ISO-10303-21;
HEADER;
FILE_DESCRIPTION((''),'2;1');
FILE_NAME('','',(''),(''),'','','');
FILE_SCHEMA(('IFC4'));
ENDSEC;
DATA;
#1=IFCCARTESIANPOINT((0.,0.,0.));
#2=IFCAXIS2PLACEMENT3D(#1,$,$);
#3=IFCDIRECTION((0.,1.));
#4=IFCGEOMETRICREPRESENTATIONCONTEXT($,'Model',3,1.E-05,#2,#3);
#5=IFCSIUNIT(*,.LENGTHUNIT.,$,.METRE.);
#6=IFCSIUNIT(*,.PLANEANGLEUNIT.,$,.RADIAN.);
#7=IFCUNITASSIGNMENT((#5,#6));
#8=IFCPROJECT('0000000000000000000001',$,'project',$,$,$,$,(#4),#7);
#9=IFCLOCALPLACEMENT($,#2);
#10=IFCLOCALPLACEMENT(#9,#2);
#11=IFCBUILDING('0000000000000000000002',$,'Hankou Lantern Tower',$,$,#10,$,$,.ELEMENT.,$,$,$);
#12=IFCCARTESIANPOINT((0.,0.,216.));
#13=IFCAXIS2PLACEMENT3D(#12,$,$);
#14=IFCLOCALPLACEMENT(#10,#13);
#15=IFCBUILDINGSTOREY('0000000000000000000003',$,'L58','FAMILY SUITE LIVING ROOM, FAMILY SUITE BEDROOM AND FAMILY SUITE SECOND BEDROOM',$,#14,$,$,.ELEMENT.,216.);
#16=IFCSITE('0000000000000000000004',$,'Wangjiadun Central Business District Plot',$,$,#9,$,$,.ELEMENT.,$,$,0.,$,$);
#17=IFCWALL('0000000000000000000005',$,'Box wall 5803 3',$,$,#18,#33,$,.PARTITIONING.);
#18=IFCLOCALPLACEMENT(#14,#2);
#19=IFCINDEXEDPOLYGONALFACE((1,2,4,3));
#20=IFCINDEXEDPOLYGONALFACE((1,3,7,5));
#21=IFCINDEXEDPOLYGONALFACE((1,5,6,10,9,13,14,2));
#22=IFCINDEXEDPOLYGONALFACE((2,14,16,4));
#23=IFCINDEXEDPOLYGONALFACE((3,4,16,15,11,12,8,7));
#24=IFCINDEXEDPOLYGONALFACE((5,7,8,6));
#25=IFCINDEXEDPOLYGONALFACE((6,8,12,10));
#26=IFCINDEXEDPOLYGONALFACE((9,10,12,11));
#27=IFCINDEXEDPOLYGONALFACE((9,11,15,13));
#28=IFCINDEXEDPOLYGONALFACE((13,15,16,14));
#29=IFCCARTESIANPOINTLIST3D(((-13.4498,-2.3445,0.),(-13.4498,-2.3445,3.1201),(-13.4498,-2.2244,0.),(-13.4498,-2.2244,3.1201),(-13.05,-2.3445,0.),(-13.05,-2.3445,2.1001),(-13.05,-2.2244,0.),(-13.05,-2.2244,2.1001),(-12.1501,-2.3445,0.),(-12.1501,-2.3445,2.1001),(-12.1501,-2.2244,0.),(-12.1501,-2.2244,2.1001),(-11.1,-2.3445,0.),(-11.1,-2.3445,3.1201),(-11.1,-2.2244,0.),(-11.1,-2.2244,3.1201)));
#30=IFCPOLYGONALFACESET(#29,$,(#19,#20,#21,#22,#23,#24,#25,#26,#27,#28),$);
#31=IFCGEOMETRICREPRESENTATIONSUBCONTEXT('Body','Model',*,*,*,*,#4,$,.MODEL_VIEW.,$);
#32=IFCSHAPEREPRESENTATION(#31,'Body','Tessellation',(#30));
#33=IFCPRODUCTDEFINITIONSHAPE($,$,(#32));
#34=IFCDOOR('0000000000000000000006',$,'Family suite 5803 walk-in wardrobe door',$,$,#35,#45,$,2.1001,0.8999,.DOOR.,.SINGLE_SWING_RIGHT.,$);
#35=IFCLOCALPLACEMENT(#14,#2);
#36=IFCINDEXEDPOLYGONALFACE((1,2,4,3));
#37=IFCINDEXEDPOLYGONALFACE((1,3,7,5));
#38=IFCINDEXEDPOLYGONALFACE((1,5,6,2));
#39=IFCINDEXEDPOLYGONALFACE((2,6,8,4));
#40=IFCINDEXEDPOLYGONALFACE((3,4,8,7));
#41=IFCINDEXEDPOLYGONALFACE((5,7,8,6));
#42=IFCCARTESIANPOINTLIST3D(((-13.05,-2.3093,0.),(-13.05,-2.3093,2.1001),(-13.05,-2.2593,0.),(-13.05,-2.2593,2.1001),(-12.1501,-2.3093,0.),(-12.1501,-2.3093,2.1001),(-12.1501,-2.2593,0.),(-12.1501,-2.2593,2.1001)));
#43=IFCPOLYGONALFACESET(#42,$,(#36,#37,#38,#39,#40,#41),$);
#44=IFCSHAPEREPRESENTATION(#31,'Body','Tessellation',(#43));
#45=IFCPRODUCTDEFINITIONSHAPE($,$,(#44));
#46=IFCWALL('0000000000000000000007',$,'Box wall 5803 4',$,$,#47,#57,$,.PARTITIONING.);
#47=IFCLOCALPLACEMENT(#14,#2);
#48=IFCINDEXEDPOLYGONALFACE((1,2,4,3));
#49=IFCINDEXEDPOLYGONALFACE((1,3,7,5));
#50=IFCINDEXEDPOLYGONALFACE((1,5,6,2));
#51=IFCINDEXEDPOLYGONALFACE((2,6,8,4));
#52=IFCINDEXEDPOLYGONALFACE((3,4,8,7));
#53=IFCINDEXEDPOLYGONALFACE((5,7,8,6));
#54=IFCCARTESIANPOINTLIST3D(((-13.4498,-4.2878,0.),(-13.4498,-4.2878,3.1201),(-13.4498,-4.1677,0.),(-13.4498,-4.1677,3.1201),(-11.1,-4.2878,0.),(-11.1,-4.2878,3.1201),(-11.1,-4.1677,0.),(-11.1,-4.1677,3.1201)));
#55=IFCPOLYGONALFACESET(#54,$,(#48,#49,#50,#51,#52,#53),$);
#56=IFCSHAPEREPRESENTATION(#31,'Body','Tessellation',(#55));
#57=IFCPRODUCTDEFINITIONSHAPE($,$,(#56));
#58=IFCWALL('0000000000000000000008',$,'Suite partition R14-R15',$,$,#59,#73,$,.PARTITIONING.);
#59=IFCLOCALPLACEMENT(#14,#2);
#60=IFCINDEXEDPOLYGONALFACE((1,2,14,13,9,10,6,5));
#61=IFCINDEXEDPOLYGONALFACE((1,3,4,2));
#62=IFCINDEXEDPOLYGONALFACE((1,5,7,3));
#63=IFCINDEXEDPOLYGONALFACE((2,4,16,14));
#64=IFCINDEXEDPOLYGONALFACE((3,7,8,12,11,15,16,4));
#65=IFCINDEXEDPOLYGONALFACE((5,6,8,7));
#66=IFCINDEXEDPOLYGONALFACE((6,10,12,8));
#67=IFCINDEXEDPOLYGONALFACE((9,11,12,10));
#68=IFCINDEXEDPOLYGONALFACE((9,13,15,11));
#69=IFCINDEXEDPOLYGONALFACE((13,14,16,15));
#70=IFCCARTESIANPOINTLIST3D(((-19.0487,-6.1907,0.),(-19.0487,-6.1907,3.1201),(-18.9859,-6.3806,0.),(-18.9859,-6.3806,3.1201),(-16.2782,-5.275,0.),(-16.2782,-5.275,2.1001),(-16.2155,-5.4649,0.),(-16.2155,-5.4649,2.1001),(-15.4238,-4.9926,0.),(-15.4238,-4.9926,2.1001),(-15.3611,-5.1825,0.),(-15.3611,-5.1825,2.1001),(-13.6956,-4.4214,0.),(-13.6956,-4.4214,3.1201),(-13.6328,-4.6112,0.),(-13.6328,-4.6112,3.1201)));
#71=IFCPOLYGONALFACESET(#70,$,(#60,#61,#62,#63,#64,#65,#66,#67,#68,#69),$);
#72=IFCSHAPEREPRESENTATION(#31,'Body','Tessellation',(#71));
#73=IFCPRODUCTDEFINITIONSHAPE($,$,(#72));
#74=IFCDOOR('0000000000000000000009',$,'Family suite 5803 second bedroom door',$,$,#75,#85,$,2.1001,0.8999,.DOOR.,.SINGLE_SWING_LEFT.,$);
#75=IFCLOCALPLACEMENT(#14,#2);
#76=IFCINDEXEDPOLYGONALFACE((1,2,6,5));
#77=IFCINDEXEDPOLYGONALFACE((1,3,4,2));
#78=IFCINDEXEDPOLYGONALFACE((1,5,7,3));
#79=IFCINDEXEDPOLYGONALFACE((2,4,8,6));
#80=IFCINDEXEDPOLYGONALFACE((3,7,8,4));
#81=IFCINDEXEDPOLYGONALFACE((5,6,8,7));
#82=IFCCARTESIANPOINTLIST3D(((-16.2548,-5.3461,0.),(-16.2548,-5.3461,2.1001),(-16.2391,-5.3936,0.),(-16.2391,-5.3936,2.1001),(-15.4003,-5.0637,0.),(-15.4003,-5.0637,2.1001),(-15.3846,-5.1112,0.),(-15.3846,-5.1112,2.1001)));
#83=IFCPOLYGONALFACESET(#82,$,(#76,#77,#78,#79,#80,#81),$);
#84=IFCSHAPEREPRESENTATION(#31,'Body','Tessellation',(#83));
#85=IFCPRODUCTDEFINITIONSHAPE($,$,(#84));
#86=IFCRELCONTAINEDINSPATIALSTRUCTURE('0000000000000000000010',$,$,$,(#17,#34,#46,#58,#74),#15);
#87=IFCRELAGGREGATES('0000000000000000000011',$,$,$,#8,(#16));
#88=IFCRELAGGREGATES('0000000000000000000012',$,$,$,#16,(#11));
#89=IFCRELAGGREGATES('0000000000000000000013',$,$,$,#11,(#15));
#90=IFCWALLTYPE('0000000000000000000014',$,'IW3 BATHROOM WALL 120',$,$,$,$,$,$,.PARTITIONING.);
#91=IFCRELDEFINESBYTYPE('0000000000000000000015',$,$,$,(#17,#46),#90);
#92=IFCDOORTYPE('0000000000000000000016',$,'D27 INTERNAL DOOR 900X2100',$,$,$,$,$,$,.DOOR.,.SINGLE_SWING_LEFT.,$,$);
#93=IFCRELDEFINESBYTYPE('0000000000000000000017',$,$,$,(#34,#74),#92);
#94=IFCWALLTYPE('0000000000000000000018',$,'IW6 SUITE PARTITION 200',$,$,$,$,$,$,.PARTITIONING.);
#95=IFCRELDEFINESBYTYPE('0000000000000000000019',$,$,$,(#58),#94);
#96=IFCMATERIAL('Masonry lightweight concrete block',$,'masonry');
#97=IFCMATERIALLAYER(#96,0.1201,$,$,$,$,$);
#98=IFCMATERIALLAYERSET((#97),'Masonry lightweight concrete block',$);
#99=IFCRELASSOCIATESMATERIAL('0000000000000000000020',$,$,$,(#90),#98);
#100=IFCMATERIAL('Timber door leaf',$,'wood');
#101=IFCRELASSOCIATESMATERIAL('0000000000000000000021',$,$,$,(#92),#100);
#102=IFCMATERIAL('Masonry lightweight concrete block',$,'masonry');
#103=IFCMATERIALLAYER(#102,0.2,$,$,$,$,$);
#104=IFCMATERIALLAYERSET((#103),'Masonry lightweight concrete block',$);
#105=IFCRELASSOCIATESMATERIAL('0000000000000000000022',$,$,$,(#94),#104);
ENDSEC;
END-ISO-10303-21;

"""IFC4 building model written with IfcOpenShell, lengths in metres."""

from ifc_helpers import new_model, si_unit, direction, frame, frame_2d, origin, place, context, subcontext, project, spatial, rectangle, extrude, material, layer, layer_set, type_object, element, fill, save


model = new_model("IFC4")

# Units and contexts
model_context = context("Model", 3, precision=1e-05, world=origin(), true_north=direction((0.0, 1.0)))
body_context = subcontext(model_context, "Body", "Model", "MODEL_VIEW")
ifc_project = project(units=[si_unit("LENGTHUNIT", "METRE"), si_unit("PLANEANGLEUNIT", "RADIAN")], contexts=[model_context])

# Site, building, storey
site_placement = place(None, origin())
site = spatial("IfcSite", under=ifc_project, at=site_placement, Name="Wangjiadun Central Business District Plot", CompositionType="ELEMENT", RefElevation=0.0)
building_placement = place(site_placement, origin())
building = spatial("IfcBuilding", under=site, at=building_placement, Name="Hankou Lantern Tower", CompositionType="ELEMENT")
storey_placement = place(building_placement, frame((0.0, 0.0, 216.0)))
storey = spatial("IfcBuildingStorey", under=building, at=storey_placement, Name="L58", Description="FAMILY SUITE LIVING ROOM, FAMILY SUITE BEDROOM AND FAMILY SUITE SECOND BEDROOM", CompositionType="ELEMENT", Elevation=216.0)

# Wall, opening, door
ifc_material_1 = material(Name="Masonry lightweight concrete block", Category="masonry")
ifc_layer_1 = layer(ifc_material_1, 0.1201)
ifc_layer_set_1 = layer_set([ifc_layer_1], Name="Masonry lightweight concrete block")
wall_type_1 = type_object("IfcWallType", Name="IW3 BATHROOM WALL 120", PredefinedType="PARTITIONING", material=ifc_layer_set_1)
wall_1_placement = place(storey_placement, frame((-11.1001, -2.2844, 0.0), z_axis=(0.0, 0.0, 1.0), x_axis=(-1.0, 0.0, 0.0)))
wall_1 = element("IfcWall", 1, at=wall_1_placement, inside=storey, type_object=wall_type_1, Name="Box wall 5803 3", PredefinedType="PARTITIONING", context=body_context, shape_type="SweptSolid", body=[
    extrude(rectangle(XDim=2.3499, YDim=0.1201, at=frame_2d((1.1748, 0.0))), origin(), (0.0, 0.0, 1.0), 3.1201),
])
opening_1_placement = place(wall_1_placement, frame((1.05, 0.0, 0.0)))
opening_1 = element("IfcOpeningElement", 2, at=opening_1_placement, cuts=wall_1, PredefinedType="OPENING", context=body_context, shape_type="SweptSolid", body=[
    extrude(rectangle(XDim=0.8999, YDim=2.1001, at=frame_2d((0.45, 1.05))), frame((0.0, 0.0701, 0.0), z_axis=(0.0, -1.0, 0.0), x_axis=(1.0, 0.0, 0.0)), (0.0, 0.0, 1.0), 0.1401),
])
ifc_material_2 = material(Name="Timber door leaf", Category="wood")
door_type_1 = type_object("IfcDoorType", Name="D27 INTERNAL DOOR 900X2100", OperationType="SINGLE_SWING_LEFT", PredefinedType="DOOR", material=ifc_material_2)
door_1_placement = place(opening_1_placement, origin())
door_1 = element("IfcDoor", 3, at=door_1_placement, inside=storey, type_object=door_type_1, Name="Family suite 5803 walk-in wardrobe door", OperationType="SINGLE_SWING_RIGHT", OverallHeight=2.1001, OverallWidth=0.8999, PredefinedType="DOOR", context=body_context, shape_type="SweptSolid", body=[
    extrude(rectangle(XDim=0.8999, YDim=2.1001, at=frame_2d((0.45, 1.05))), frame((0.0, 0.0249, 0.0), z_axis=(0.0, -1.0, 0.0), x_axis=(1.0, 0.0, 0.0)), (0.0, 0.0, 1.0), 0.05),
])
fill(opening_1, door_1)

# Wall
wall_2_placement = place(storey_placement, frame((-11.1001, -4.2278, 0.0), z_axis=(0.0, 0.0, 1.0), x_axis=(-1.0, 0.0, 0.0)))
element("IfcWall", 4, at=wall_2_placement, inside=storey, type_object=wall_type_1, Name="Box wall 5803 4", PredefinedType="PARTITIONING", context=body_context, shape_type="SweptSolid", body=[
    extrude(rectangle(XDim=2.3499, YDim=0.1201, at=frame_2d((1.1748, 0.0))), origin(), (0.0, 0.0, 1.0), 3.1201),
])

# Wall, opening, door
ifc_material_3 = material(Name="Masonry lightweight concrete block", Category="masonry")
ifc_layer_2 = layer(ifc_material_3, 0.2)
ifc_layer_set_2 = layer_set([ifc_layer_2], Name="Masonry lightweight concrete block")
wall_type_2 = type_object("IfcWallType", Name="IW6 SUITE PARTITION 200", PredefinedType="PARTITIONING", material=ifc_layer_set_2)
wall_3_placement = place(storey_placement, frame((-13.6643, -4.5164, 0.0), z_axis=(0.0, 0.0, 1.0), x_axis=(-0.949481, -0.313823, 0.0)))
wall_3 = element("IfcWall", 5, at=wall_3_placement, inside=storey, type_object=wall_type_2, Name="Suite partition R14-R15", PredefinedType="PARTITIONING", context=body_context, shape_type="SweptSolid", body=[
    extrude(rectangle(XDim=5.6379, YDim=0.2, at=frame_2d((2.8188, 0.0))), origin(), (0.0, 0.0, 1.0), 3.1201),
])
opening_2_placement = place(wall_3_placement, frame((1.8201, 0.0, 0.0)))
opening_2 = element("IfcOpeningElement", 6, at=opening_2_placement, cuts=wall_3, PredefinedType="OPENING", context=body_context, shape_type="SweptSolid", body=[
    extrude(rectangle(XDim=0.8999, YDim=2.1001, at=frame_2d((0.45, 1.05))), frame((0.0, 0.1099, 0.0), z_axis=(0.0, -1.0, 0.0), x_axis=(1.0, 0.0, 0.0)), (0.0, 0.0, 1.0), 0.22),
])
door_2_placement = place(opening_2_placement, origin())
door_2 = element("IfcDoor", 7, at=door_2_placement, inside=storey, type_object=door_type_1, Name="Family suite 5803 second bedroom door", OperationType="SINGLE_SWING_LEFT", OverallHeight=2.1001, OverallWidth=0.8999, PredefinedType="DOOR", context=body_context, shape_type="SweptSolid", body=[
    extrude(rectangle(XDim=0.8999, YDim=2.1001, at=frame_2d((0.45, 1.05))), frame((0.0, 0.0249, 0.0), z_axis=(0.0, -1.0, 0.0), x_axis=(1.0, 0.0, 0.0)), (0.0, 0.0, 1.0), 0.05),
])
fill(opening_2, door_2)

save(model, "model.ifc")
